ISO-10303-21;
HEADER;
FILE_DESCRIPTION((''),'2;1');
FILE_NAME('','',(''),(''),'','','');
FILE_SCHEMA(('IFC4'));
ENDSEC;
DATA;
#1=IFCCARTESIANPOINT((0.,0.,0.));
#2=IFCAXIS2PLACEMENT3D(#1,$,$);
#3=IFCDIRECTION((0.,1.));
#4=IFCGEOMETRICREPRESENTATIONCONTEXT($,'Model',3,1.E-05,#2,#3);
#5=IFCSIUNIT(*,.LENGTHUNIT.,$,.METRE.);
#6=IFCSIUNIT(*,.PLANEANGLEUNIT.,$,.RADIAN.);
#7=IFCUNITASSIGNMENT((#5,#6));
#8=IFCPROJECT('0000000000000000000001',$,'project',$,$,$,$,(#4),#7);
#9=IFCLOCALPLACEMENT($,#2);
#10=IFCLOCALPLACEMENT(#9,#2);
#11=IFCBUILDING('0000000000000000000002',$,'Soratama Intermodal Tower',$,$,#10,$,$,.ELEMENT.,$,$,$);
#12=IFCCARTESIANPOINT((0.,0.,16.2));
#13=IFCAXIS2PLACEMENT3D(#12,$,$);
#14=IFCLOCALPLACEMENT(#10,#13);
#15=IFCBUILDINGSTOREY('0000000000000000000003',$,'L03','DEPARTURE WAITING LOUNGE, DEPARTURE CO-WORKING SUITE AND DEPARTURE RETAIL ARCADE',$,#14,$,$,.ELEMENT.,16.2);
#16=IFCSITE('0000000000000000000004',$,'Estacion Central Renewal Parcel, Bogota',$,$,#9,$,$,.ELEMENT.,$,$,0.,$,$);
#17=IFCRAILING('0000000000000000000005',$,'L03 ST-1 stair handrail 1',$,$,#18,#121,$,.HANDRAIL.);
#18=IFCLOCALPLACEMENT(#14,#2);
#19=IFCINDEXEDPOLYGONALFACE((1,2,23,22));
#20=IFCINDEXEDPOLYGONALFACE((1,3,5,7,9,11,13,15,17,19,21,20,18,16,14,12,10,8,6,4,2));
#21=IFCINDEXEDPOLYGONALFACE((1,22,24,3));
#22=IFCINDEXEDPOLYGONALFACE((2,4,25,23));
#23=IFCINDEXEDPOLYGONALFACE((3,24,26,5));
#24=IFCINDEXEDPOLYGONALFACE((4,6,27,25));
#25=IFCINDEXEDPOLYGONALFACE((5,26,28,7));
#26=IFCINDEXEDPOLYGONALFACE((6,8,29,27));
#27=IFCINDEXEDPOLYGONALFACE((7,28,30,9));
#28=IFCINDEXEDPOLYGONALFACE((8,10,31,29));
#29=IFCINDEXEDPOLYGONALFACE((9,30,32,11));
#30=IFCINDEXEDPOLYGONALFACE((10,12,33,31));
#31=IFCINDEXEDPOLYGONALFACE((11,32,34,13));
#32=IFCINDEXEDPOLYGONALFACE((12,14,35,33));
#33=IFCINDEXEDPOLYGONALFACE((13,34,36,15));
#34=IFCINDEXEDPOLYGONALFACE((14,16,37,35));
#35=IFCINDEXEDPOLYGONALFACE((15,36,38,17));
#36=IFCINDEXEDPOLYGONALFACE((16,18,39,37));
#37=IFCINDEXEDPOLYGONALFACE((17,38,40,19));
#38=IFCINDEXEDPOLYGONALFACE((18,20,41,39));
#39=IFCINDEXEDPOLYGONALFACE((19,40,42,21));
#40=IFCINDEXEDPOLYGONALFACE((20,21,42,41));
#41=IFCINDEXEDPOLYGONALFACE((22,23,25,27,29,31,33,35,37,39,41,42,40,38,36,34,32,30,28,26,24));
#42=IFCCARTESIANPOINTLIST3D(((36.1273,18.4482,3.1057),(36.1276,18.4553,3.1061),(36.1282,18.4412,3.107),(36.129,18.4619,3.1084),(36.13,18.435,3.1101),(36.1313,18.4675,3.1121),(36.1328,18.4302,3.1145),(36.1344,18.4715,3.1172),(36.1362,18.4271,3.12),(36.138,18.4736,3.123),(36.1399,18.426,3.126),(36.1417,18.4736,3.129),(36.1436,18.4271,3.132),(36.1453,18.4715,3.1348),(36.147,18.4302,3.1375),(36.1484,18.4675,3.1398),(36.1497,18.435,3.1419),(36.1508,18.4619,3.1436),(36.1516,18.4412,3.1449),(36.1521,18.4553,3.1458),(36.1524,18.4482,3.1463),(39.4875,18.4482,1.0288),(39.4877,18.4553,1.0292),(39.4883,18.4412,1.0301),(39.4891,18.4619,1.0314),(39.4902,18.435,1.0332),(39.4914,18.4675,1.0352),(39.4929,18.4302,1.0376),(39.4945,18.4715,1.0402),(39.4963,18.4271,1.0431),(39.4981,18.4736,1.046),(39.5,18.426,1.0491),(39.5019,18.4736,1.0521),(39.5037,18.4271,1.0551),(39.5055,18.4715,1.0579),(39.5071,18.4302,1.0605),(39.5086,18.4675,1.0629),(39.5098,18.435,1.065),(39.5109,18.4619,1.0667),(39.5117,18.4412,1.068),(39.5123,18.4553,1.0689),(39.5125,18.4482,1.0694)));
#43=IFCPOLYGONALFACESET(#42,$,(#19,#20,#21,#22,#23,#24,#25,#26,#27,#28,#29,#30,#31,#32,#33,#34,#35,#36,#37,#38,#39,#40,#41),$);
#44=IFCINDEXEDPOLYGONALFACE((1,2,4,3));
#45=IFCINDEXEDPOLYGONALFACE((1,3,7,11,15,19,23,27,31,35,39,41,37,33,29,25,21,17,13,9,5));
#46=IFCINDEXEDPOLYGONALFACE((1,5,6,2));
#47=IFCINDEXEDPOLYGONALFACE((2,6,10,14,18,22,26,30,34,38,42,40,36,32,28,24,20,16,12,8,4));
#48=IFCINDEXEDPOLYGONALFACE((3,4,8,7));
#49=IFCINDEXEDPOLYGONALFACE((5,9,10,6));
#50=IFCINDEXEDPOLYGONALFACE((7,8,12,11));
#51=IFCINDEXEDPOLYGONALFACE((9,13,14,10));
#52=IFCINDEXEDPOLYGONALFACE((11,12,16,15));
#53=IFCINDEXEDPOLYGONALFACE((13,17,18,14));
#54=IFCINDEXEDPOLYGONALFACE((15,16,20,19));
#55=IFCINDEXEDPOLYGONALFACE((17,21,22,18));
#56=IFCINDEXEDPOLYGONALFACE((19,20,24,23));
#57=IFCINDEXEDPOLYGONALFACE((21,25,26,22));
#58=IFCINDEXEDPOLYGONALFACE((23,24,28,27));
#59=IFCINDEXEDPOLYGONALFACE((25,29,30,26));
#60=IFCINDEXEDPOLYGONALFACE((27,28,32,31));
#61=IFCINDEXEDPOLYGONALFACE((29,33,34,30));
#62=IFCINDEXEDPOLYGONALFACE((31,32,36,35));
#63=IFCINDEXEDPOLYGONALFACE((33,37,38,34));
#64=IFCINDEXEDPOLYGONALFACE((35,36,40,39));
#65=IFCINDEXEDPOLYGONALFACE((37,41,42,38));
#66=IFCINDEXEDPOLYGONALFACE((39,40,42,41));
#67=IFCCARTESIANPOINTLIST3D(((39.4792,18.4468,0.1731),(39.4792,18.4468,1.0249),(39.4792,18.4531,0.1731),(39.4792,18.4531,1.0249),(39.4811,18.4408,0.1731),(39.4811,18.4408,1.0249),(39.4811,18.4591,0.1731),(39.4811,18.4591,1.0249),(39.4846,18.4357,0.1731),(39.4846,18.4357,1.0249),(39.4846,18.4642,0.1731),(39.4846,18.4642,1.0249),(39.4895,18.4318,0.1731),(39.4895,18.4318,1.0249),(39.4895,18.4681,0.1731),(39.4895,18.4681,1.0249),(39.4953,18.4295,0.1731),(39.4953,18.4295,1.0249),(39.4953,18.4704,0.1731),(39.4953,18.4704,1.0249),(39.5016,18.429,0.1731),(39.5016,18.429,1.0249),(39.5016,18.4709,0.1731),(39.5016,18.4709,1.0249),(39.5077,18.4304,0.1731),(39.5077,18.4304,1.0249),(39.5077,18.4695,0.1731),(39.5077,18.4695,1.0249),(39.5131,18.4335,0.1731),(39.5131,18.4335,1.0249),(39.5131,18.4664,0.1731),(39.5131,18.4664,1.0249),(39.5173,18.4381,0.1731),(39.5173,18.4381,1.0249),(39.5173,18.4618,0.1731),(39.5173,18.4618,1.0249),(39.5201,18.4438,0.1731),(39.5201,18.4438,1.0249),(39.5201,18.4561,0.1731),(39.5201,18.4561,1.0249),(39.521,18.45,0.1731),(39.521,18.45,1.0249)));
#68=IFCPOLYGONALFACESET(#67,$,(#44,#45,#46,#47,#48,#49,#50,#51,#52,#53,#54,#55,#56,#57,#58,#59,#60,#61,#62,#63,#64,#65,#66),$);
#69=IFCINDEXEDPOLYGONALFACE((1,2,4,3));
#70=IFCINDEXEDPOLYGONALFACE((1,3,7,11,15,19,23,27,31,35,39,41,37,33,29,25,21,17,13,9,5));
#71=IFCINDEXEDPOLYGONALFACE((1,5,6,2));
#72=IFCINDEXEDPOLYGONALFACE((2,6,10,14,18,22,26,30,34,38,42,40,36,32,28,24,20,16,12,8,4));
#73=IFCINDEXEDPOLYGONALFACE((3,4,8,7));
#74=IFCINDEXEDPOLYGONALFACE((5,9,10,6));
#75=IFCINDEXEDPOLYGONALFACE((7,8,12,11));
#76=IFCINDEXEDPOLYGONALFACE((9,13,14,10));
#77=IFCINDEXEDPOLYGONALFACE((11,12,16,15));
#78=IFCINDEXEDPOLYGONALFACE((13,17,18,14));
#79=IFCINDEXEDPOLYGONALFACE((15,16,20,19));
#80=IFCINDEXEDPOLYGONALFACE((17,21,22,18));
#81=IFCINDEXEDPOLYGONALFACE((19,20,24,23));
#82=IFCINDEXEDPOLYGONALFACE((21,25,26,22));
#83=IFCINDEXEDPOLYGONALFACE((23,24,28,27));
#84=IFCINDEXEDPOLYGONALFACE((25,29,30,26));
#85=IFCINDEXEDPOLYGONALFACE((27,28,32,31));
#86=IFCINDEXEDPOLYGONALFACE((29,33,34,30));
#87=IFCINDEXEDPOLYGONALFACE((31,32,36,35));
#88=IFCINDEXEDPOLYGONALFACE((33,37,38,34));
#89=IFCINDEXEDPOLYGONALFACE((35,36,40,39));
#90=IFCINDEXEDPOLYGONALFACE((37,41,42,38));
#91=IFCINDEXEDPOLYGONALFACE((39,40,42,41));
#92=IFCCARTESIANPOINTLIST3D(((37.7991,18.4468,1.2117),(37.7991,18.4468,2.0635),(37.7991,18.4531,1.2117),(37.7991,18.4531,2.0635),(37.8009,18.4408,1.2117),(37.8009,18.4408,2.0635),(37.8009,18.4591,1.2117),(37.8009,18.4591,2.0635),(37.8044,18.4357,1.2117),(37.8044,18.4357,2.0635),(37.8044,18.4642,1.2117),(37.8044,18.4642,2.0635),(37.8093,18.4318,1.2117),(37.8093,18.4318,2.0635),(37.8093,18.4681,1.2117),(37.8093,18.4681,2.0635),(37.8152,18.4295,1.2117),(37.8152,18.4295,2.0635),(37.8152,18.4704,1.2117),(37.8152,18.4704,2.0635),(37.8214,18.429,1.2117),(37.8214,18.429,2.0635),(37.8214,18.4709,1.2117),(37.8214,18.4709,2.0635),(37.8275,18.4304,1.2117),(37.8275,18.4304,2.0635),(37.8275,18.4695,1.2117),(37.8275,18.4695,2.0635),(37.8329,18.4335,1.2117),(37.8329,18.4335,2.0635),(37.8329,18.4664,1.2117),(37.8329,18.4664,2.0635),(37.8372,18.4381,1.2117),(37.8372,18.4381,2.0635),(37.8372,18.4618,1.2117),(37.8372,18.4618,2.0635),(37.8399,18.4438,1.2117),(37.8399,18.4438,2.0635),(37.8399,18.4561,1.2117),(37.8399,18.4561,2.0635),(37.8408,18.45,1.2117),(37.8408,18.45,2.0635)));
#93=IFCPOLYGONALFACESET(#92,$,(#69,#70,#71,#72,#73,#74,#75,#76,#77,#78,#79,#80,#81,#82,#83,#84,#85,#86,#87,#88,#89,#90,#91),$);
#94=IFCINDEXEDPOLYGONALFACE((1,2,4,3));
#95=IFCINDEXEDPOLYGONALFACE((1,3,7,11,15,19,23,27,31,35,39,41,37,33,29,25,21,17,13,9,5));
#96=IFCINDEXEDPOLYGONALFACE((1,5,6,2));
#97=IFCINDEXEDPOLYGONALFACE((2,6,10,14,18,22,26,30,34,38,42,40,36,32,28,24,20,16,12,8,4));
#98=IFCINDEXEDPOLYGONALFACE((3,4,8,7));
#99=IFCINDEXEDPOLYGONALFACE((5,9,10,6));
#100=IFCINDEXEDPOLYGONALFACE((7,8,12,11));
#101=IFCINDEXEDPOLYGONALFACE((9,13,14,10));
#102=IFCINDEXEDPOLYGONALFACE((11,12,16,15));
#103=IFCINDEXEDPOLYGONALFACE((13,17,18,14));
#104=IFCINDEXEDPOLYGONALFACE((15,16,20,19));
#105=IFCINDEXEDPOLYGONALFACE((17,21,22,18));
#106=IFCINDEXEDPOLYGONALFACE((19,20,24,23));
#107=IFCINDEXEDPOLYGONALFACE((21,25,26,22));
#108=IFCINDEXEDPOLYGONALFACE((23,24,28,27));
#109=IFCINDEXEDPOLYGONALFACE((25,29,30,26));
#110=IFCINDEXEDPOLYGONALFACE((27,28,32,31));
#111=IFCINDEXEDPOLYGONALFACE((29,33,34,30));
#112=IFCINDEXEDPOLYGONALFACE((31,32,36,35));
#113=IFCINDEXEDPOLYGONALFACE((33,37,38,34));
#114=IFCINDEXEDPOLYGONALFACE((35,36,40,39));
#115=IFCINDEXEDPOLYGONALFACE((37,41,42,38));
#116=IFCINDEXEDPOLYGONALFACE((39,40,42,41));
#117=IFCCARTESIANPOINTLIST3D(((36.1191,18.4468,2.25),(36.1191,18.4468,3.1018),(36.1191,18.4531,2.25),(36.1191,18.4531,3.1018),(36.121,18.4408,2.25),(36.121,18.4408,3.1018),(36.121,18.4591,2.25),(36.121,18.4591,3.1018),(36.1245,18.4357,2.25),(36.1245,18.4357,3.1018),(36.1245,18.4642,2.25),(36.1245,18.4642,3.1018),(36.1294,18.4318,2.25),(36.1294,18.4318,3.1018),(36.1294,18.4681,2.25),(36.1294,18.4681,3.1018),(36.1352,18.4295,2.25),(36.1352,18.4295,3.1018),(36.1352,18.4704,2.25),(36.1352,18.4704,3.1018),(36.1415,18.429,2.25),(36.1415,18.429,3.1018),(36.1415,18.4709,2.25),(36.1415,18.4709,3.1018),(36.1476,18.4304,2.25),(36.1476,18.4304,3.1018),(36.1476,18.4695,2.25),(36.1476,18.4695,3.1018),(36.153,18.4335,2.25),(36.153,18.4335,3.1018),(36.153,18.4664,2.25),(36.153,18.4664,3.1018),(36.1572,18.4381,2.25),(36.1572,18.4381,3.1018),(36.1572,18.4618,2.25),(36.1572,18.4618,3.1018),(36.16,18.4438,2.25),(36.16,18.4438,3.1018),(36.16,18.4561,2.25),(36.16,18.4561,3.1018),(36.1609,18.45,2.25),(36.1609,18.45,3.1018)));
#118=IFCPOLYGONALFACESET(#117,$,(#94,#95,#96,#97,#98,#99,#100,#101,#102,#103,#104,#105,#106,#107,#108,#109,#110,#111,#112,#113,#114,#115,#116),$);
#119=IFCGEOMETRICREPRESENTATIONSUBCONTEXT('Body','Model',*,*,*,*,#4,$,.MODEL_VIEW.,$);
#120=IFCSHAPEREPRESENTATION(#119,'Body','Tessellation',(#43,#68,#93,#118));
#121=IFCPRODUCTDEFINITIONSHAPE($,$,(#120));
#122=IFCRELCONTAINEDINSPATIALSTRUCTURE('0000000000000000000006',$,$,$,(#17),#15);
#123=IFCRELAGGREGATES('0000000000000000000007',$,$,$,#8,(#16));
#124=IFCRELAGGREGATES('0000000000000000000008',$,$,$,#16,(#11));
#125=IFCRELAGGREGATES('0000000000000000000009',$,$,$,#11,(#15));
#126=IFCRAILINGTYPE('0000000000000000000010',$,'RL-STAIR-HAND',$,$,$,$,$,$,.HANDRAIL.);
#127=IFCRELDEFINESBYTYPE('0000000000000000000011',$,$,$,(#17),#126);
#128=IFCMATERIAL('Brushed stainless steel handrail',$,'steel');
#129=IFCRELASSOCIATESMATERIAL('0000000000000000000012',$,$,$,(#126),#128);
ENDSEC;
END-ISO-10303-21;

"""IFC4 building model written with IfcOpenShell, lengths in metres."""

from ifc_helpers import new_model, si_unit, direction, frame, origin, origin_2d, place, context, subcontext, project, spatial, circle, extrude, material, type_object, element, save


model = new_model("IFC4")

# Units and contexts
model_context = context("Model", 3, precision=1e-05, world=origin(), true_north=direction((0.0, 1.0)))
body_context = subcontext(model_context, "Body", "Model", "MODEL_VIEW")
ifc_project = project(units=[si_unit("LENGTHUNIT", "METRE"), si_unit("PLANEANGLEUNIT", "RADIAN")], contexts=[model_context])

# Site, building, storey
site_placement = place(None, origin())
site = spatial("IfcSite", under=ifc_project, at=site_placement, Name="Estacion Central Renewal Parcel, Bogota", CompositionType="ELEMENT", RefElevation=0.0)
building_placement = place(site_placement, origin())
building = spatial("IfcBuilding", under=site, at=building_placement, Name="Soratama Intermodal Tower", CompositionType="ELEMENT")
storey_placement = place(building_placement, frame((0.0, 0.0, 16.2)))
storey = spatial("IfcBuildingStorey", under=building, at=storey_placement, Name="L03", Description="DEPARTURE WAITING LOUNGE, DEPARTURE CO-WORKING SUITE AND DEPARTURE RETAIL ARCADE", CompositionType="ELEMENT", Elevation=16.2)

# Railing
ifc_material_1 = material(Name="Brushed stainless steel handrail", Category="steel")
railing_type_1 = type_object("IfcRailingType", Name="RL-STAIR-HAND", PredefinedType="HANDRAIL", material=ifc_material_1)
railing_1_placement = place(storey_placement, frame((39.5, 18.45, 0.1731)))
element("IfcRailing", 1, at=railing_1_placement, inside=storey, type_object=railing_type_1, Name="L03 ST-1 stair handrail 1", PredefinedType="HANDRAIL", context=body_context, shape_type="SweptSolid", body=[
    extrude(circle(Radius=0.0239, at=origin_2d()), frame((0.0, 0.0, 0.876), z_axis=(-0.850623, 0.0, 0.525776), x_axis=(0.0, -1.0, 0.0)), (0.0, 0.0, 1.0), 3.9502),
    extrude(circle(Radius=0.021, at=origin_2d()), origin(), (0.0, 0.0, 1.0), 0.8518),
    extrude(circle(Radius=0.021, at=origin_2d()), frame((-1.6802, 0.0, 1.0386)), (0.0, 0.0, 1.0), 0.8518),
    extrude(circle(Radius=0.021, at=origin_2d()), frame((-3.3601, 0.0, 2.0769)), (0.0, 0.0, 1.0), 0.8518),
])

save(model, "model.ifc")
